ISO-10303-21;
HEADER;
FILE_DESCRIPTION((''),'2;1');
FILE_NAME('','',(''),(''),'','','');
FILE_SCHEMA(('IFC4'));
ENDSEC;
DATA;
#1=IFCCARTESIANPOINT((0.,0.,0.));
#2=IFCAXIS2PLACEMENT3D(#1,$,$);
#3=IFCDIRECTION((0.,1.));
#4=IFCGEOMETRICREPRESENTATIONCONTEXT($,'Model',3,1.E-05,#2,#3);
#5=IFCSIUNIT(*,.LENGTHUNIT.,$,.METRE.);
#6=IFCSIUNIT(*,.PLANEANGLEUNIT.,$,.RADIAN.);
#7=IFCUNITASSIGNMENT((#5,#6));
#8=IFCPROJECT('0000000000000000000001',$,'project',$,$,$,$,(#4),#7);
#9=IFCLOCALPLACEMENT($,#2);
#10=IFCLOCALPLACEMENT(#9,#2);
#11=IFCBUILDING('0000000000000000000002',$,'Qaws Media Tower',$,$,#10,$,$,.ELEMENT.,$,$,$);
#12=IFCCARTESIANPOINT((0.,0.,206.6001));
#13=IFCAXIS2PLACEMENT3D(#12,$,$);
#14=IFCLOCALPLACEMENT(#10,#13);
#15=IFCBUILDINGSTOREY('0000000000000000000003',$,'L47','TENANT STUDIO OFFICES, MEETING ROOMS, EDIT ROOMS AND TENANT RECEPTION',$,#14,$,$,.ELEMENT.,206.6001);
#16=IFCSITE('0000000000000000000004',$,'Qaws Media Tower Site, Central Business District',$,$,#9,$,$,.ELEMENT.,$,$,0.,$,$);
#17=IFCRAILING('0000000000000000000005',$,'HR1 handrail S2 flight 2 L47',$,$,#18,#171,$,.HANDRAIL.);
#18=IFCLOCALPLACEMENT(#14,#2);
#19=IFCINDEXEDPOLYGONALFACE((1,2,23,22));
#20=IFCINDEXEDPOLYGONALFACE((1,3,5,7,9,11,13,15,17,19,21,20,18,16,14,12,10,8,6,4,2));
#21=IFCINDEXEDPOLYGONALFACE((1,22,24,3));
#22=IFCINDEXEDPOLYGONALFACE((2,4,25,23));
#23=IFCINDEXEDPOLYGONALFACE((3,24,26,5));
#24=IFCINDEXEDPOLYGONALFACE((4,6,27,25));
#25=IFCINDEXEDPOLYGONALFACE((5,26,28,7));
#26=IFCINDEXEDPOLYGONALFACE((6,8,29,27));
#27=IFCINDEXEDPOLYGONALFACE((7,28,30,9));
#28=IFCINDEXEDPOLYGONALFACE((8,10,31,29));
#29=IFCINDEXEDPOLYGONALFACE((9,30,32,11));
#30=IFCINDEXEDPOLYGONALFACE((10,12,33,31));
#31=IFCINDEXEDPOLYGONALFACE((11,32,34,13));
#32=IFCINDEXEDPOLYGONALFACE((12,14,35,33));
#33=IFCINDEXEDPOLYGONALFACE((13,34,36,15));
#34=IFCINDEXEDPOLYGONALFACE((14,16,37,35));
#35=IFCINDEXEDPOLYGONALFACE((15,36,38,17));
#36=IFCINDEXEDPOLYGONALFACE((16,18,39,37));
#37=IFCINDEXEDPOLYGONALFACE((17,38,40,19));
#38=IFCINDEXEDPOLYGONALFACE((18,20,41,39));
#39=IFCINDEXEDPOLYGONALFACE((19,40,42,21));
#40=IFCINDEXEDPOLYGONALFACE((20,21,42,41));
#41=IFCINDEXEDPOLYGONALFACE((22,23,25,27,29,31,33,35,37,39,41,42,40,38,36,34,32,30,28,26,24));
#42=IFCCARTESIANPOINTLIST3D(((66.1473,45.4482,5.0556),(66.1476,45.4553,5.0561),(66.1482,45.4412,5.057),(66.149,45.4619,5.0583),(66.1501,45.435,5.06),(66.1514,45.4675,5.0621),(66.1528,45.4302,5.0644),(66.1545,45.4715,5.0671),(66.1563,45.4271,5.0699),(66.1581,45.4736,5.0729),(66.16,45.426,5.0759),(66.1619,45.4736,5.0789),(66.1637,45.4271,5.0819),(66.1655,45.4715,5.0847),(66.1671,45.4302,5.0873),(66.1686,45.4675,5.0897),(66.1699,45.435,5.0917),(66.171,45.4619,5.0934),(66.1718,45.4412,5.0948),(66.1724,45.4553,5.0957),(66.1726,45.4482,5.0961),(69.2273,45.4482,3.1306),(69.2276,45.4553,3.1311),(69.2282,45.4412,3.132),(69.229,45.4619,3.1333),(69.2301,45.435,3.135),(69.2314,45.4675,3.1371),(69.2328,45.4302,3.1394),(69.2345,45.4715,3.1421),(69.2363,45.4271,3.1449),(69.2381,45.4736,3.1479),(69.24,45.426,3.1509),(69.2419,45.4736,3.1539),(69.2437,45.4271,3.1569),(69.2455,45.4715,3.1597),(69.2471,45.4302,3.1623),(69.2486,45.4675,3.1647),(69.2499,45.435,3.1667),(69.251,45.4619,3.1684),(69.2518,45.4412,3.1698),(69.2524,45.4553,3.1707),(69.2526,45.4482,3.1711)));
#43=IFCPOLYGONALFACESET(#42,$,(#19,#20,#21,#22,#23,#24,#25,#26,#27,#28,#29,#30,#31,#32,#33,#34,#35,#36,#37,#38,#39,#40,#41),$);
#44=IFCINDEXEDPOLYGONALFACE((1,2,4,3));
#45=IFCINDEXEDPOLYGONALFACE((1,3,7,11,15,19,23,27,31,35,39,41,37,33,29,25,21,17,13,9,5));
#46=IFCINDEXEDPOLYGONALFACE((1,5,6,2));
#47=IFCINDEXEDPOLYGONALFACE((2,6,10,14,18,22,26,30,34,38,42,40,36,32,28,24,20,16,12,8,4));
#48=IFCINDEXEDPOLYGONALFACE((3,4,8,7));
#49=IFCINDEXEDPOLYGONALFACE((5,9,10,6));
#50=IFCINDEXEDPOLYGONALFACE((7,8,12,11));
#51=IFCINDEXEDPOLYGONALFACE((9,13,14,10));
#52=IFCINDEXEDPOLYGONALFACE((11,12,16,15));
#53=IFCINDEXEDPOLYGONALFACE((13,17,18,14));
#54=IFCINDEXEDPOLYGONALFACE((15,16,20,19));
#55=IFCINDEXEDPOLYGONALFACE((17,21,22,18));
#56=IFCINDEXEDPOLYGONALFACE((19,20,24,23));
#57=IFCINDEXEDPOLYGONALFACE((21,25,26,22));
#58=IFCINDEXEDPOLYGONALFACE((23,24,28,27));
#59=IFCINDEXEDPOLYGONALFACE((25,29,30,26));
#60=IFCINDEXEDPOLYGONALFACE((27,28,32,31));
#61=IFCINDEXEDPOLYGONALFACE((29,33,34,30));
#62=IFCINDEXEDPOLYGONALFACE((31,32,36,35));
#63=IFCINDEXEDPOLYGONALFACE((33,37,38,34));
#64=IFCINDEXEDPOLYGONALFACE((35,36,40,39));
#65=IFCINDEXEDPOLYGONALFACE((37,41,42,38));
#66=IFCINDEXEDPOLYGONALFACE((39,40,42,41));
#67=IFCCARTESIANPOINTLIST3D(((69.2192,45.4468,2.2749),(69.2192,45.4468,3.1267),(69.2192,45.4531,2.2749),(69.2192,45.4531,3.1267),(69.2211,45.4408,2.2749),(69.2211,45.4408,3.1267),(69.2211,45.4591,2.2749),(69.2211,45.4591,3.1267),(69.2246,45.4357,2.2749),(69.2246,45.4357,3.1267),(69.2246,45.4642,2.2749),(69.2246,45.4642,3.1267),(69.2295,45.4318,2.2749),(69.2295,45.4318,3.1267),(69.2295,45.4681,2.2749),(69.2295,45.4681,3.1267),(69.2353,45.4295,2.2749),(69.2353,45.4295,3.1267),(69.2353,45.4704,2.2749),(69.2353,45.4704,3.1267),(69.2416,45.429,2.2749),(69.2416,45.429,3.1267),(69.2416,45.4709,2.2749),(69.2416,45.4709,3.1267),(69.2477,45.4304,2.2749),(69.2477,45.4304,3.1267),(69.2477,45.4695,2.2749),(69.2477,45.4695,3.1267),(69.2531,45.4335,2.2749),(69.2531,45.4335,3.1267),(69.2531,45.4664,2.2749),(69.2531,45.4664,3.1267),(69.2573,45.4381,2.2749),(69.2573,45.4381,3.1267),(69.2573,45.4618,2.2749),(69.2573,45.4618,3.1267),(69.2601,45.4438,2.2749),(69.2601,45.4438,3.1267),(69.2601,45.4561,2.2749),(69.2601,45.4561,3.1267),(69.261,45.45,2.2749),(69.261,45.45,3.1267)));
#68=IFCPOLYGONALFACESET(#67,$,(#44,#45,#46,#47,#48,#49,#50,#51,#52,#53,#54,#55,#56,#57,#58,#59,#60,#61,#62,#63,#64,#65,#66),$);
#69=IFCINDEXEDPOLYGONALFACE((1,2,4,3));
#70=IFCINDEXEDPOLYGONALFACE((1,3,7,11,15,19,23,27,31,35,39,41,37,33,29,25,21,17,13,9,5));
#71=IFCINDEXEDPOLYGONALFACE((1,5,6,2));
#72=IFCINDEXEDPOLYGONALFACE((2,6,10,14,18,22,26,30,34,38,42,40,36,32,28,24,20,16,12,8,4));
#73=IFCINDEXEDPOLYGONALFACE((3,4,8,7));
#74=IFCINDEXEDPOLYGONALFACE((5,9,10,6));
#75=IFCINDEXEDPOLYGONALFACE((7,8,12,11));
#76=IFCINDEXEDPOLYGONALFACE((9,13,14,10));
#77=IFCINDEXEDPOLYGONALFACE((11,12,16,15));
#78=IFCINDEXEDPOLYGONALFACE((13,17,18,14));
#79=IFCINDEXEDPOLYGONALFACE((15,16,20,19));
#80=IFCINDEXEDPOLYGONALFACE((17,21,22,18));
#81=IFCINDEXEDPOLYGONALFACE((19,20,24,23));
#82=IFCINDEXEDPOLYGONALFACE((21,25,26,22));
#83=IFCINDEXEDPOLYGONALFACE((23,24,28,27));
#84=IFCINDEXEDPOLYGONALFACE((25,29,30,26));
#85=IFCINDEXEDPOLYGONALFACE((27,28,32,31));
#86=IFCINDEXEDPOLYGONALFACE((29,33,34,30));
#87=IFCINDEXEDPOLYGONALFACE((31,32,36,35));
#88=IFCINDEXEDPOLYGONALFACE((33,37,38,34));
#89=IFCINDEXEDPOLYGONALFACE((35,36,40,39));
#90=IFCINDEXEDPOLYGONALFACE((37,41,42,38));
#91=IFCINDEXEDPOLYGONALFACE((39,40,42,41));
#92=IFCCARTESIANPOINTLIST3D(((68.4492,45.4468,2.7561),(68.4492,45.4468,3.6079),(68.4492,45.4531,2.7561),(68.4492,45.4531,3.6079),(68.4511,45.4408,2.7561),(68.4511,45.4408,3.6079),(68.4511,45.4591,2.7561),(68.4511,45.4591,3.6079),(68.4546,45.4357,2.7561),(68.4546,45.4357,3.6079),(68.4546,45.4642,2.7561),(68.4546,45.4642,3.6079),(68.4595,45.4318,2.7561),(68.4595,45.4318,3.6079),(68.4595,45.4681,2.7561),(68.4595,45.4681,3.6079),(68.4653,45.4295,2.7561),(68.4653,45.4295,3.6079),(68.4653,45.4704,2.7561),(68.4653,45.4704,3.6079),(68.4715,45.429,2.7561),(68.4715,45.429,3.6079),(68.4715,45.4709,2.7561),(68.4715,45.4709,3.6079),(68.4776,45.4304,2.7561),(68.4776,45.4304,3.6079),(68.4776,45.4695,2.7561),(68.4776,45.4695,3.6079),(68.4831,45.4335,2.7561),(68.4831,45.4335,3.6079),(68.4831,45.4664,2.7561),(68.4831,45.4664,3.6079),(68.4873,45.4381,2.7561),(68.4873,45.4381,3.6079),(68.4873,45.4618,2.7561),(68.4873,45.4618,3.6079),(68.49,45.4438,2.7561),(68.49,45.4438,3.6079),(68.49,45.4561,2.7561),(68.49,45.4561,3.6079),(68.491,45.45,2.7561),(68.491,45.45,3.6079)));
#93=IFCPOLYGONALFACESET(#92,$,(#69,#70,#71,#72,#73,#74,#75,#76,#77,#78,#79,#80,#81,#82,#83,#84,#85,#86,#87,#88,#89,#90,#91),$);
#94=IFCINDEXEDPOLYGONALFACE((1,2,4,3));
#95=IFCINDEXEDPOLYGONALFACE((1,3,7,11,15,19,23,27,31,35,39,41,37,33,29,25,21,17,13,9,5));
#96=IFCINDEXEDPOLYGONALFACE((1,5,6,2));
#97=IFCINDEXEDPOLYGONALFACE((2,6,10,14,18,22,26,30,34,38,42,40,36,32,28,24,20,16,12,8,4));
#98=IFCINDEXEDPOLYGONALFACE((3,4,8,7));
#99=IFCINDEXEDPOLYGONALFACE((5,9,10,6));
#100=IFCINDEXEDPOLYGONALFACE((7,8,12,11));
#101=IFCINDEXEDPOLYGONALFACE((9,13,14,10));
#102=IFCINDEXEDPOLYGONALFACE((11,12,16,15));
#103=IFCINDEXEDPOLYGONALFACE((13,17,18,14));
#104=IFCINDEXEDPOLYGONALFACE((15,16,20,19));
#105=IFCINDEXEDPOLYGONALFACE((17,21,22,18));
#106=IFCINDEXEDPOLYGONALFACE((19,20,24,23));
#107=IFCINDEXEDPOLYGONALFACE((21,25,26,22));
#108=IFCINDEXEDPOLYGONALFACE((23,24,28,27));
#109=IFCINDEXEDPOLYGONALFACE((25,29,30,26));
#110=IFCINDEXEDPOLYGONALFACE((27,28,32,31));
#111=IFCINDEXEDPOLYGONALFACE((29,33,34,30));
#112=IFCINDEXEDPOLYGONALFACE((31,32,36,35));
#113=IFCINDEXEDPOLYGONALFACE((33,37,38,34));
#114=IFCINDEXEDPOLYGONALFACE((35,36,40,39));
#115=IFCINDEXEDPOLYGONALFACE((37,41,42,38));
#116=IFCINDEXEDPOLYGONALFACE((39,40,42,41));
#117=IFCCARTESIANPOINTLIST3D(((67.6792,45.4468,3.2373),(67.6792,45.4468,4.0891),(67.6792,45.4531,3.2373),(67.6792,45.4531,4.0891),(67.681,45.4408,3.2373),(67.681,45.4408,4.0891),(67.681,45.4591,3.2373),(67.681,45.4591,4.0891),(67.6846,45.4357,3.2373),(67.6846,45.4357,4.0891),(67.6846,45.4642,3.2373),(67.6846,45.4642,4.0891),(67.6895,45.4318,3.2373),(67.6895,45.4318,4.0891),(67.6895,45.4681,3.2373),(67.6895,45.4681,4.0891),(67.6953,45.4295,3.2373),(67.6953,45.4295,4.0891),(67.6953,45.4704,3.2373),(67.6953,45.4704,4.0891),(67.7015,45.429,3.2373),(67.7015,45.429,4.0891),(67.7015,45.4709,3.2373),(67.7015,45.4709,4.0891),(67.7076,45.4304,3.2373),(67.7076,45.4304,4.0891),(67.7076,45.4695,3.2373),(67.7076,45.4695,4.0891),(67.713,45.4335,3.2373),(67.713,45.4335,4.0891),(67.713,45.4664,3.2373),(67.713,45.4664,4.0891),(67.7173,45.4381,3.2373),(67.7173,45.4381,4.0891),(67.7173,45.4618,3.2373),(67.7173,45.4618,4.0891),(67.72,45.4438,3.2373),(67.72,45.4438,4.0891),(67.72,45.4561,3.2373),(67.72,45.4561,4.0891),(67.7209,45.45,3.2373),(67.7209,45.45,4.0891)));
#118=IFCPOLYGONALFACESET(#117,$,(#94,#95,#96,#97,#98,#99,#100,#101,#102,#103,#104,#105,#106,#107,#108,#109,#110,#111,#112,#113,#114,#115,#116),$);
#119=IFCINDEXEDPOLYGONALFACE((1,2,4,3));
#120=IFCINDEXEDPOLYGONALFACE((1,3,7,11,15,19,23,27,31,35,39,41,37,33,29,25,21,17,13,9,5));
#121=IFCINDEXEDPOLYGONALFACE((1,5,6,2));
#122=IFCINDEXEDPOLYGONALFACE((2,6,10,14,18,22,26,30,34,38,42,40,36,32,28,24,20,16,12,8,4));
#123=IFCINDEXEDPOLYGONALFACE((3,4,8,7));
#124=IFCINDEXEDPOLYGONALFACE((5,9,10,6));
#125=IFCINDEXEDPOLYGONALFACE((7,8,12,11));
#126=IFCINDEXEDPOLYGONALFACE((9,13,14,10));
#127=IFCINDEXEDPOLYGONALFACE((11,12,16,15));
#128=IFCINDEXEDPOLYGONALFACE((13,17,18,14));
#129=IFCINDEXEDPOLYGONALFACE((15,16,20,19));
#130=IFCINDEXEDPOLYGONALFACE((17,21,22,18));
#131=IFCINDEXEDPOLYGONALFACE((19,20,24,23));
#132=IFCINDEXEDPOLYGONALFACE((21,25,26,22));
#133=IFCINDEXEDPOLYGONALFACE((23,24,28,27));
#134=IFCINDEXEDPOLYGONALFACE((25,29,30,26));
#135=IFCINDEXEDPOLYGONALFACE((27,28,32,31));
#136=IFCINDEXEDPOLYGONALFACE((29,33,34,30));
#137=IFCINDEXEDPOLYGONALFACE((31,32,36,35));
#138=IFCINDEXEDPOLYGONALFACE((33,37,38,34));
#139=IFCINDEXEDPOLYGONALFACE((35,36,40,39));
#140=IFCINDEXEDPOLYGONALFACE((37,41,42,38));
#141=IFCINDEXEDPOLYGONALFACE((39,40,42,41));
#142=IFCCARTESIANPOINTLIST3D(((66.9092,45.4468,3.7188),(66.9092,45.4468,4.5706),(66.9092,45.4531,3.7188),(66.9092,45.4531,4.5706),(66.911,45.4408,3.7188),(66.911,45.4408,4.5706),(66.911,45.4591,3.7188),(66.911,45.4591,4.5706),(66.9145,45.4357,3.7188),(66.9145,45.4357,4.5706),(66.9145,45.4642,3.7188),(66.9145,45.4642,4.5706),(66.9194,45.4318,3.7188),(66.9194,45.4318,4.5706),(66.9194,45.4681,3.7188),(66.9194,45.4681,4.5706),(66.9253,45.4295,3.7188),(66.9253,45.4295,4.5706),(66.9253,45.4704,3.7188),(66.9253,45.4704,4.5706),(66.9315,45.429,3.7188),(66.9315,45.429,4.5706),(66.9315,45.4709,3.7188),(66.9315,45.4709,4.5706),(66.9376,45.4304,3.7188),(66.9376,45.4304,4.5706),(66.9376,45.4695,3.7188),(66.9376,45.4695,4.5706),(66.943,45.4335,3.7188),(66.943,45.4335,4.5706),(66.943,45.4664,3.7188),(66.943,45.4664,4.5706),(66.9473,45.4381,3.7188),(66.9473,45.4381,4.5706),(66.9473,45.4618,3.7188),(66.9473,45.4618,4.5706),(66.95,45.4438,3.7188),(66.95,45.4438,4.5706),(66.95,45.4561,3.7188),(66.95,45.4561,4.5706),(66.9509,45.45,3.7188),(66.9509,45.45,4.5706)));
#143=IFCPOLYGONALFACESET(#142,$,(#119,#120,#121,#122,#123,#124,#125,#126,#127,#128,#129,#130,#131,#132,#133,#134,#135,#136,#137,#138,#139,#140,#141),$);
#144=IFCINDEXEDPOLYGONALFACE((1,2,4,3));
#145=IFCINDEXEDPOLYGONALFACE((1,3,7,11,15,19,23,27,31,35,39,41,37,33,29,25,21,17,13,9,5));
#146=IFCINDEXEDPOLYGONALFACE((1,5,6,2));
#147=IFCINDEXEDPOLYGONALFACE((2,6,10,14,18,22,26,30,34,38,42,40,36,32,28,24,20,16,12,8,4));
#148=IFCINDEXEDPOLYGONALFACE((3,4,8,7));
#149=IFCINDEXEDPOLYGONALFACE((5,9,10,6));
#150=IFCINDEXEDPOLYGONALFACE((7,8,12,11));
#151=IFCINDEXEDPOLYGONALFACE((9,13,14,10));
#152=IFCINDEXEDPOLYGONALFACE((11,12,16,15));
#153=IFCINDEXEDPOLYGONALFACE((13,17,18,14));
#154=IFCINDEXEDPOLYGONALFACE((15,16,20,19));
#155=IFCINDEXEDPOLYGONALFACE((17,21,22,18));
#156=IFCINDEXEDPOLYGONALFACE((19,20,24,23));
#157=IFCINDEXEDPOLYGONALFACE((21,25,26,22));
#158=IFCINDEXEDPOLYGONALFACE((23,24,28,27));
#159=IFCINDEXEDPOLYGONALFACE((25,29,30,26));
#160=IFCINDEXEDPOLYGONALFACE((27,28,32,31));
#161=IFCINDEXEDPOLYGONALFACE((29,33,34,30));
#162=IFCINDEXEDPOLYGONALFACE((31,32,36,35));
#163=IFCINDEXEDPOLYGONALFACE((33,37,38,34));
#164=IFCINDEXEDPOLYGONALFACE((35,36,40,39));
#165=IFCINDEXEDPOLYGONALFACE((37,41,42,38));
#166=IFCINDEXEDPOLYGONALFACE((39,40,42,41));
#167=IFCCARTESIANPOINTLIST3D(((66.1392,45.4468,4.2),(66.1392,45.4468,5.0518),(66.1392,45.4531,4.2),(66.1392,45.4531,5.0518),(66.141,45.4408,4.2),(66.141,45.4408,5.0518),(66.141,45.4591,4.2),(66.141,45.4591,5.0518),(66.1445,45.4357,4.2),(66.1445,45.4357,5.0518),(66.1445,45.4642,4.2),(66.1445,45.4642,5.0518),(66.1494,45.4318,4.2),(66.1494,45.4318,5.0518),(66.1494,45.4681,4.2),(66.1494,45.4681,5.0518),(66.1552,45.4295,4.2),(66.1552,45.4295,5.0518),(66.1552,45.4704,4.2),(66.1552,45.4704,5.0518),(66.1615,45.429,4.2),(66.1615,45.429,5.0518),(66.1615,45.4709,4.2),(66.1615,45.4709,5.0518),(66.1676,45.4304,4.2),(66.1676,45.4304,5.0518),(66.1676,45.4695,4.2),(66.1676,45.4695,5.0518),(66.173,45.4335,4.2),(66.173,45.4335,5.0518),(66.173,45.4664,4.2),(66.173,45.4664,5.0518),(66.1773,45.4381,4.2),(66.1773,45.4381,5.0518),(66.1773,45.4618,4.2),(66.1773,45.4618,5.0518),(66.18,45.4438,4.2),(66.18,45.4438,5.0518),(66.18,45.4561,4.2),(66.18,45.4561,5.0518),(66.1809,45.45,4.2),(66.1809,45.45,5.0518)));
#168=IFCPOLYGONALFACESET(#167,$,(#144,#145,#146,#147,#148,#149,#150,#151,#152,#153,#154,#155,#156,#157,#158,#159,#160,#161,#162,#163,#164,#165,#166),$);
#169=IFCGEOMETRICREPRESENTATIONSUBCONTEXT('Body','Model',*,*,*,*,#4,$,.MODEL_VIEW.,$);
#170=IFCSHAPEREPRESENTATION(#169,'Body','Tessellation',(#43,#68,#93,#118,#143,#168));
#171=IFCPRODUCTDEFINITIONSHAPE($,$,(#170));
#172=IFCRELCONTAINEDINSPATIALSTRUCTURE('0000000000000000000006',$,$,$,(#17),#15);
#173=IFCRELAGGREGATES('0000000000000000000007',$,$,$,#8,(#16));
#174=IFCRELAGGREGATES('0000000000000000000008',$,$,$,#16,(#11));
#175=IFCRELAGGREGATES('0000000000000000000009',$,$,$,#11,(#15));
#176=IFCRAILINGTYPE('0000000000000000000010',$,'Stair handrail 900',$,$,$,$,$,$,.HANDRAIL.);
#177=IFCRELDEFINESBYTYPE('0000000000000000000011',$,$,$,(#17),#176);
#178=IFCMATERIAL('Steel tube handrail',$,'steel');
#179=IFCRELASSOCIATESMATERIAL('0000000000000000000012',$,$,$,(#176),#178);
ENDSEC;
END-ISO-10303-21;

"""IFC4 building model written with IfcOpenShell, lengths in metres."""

from ifc_helpers import new_model, si_unit, direction, frame, origin, origin_2d, place, context, subcontext, project, spatial, circle, extrude, material, type_object, element, save


model = new_model("IFC4")

# Units and contexts
model_context = context("Model", 3, precision=1e-05, world=origin(), true_north=direction((0.0, 1.0)))
body_context = subcontext(model_context, "Body", "Model", "MODEL_VIEW")
ifc_project = project(units=[si_unit("LENGTHUNIT", "METRE"), si_unit("PLANEANGLEUNIT", "RADIAN")], contexts=[model_context])

# Site, building, storey
site_placement = place(None, origin())
site = spatial("IfcSite", under=ifc_project, at=site_placement, Name="Qaws Media Tower Site, Central Business District", CompositionType="ELEMENT", RefElevation=0.0)
building_placement = place(site_placement, origin())
building = spatial("IfcBuilding", under=site, at=building_placement, Name="Qaws Media Tower", CompositionType="ELEMENT")
storey_placement = place(building_placement, frame((0.0, 0.0, 206.6001)))
storey = spatial("IfcBuildingStorey", under=building, at=storey_placement, Name="L47", Description="TENANT STUDIO OFFICES, MEETING ROOMS, EDIT ROOMS AND TENANT RECEPTION", CompositionType="ELEMENT", Elevation=206.6001)

# Railing
ifc_material_1 = material(Name="Steel tube handrail", Category="steel")
railing_type = type_object("IfcRailingType", Name="Stair handrail 900", PredefinedType="HANDRAIL", material=ifc_material_1)
for number, where, name in (
    (1, (69.24, 45.45, 2.2749), "HR1 handrail S2 flight 2 L47"),
):
    element("IfcRailing", number, at=place(storey_placement, frame(where)), inside=storey, type_object=railing_type, Name=name, PredefinedType="HANDRAIL", context=body_context, shape_type="SweptSolid", body=[
        extrude(circle(Radius=0.0239, at=origin_2d()), frame((0.0, 0.0, 0.876), z_axis=(-0.847998, 0.0, 0.529999), x_axis=(0.0, -1.0, 0.0)), (0.0, 0.0, 1.0), 3.6321),
        extrude(circle(Radius=0.021, at=origin_2d()), origin(), (0.0, 0.0, 1.0), 0.8518),
        extrude(circle(Radius=0.021, at=origin_2d()), frame((-0.77, 0.0, 0.4812)), (0.0, 0.0, 1.0), 0.8518),
        extrude(circle(Radius=0.021, at=origin_2d()), frame((-1.54, 0.0, 0.9624)), (0.0, 0.0, 1.0), 0.8518),
        extrude(circle(Radius=0.021, at=origin_2d()), frame((-2.3101, 0.0, 1.4438)), (0.0, 0.0, 1.0), 0.8518),
        extrude(circle(Radius=0.021, at=origin_2d()), frame((-3.0801, 0.0, 1.925)), (0.0, 0.0, 1.0), 0.8518),
    ])

save(model, "model.ifc")
